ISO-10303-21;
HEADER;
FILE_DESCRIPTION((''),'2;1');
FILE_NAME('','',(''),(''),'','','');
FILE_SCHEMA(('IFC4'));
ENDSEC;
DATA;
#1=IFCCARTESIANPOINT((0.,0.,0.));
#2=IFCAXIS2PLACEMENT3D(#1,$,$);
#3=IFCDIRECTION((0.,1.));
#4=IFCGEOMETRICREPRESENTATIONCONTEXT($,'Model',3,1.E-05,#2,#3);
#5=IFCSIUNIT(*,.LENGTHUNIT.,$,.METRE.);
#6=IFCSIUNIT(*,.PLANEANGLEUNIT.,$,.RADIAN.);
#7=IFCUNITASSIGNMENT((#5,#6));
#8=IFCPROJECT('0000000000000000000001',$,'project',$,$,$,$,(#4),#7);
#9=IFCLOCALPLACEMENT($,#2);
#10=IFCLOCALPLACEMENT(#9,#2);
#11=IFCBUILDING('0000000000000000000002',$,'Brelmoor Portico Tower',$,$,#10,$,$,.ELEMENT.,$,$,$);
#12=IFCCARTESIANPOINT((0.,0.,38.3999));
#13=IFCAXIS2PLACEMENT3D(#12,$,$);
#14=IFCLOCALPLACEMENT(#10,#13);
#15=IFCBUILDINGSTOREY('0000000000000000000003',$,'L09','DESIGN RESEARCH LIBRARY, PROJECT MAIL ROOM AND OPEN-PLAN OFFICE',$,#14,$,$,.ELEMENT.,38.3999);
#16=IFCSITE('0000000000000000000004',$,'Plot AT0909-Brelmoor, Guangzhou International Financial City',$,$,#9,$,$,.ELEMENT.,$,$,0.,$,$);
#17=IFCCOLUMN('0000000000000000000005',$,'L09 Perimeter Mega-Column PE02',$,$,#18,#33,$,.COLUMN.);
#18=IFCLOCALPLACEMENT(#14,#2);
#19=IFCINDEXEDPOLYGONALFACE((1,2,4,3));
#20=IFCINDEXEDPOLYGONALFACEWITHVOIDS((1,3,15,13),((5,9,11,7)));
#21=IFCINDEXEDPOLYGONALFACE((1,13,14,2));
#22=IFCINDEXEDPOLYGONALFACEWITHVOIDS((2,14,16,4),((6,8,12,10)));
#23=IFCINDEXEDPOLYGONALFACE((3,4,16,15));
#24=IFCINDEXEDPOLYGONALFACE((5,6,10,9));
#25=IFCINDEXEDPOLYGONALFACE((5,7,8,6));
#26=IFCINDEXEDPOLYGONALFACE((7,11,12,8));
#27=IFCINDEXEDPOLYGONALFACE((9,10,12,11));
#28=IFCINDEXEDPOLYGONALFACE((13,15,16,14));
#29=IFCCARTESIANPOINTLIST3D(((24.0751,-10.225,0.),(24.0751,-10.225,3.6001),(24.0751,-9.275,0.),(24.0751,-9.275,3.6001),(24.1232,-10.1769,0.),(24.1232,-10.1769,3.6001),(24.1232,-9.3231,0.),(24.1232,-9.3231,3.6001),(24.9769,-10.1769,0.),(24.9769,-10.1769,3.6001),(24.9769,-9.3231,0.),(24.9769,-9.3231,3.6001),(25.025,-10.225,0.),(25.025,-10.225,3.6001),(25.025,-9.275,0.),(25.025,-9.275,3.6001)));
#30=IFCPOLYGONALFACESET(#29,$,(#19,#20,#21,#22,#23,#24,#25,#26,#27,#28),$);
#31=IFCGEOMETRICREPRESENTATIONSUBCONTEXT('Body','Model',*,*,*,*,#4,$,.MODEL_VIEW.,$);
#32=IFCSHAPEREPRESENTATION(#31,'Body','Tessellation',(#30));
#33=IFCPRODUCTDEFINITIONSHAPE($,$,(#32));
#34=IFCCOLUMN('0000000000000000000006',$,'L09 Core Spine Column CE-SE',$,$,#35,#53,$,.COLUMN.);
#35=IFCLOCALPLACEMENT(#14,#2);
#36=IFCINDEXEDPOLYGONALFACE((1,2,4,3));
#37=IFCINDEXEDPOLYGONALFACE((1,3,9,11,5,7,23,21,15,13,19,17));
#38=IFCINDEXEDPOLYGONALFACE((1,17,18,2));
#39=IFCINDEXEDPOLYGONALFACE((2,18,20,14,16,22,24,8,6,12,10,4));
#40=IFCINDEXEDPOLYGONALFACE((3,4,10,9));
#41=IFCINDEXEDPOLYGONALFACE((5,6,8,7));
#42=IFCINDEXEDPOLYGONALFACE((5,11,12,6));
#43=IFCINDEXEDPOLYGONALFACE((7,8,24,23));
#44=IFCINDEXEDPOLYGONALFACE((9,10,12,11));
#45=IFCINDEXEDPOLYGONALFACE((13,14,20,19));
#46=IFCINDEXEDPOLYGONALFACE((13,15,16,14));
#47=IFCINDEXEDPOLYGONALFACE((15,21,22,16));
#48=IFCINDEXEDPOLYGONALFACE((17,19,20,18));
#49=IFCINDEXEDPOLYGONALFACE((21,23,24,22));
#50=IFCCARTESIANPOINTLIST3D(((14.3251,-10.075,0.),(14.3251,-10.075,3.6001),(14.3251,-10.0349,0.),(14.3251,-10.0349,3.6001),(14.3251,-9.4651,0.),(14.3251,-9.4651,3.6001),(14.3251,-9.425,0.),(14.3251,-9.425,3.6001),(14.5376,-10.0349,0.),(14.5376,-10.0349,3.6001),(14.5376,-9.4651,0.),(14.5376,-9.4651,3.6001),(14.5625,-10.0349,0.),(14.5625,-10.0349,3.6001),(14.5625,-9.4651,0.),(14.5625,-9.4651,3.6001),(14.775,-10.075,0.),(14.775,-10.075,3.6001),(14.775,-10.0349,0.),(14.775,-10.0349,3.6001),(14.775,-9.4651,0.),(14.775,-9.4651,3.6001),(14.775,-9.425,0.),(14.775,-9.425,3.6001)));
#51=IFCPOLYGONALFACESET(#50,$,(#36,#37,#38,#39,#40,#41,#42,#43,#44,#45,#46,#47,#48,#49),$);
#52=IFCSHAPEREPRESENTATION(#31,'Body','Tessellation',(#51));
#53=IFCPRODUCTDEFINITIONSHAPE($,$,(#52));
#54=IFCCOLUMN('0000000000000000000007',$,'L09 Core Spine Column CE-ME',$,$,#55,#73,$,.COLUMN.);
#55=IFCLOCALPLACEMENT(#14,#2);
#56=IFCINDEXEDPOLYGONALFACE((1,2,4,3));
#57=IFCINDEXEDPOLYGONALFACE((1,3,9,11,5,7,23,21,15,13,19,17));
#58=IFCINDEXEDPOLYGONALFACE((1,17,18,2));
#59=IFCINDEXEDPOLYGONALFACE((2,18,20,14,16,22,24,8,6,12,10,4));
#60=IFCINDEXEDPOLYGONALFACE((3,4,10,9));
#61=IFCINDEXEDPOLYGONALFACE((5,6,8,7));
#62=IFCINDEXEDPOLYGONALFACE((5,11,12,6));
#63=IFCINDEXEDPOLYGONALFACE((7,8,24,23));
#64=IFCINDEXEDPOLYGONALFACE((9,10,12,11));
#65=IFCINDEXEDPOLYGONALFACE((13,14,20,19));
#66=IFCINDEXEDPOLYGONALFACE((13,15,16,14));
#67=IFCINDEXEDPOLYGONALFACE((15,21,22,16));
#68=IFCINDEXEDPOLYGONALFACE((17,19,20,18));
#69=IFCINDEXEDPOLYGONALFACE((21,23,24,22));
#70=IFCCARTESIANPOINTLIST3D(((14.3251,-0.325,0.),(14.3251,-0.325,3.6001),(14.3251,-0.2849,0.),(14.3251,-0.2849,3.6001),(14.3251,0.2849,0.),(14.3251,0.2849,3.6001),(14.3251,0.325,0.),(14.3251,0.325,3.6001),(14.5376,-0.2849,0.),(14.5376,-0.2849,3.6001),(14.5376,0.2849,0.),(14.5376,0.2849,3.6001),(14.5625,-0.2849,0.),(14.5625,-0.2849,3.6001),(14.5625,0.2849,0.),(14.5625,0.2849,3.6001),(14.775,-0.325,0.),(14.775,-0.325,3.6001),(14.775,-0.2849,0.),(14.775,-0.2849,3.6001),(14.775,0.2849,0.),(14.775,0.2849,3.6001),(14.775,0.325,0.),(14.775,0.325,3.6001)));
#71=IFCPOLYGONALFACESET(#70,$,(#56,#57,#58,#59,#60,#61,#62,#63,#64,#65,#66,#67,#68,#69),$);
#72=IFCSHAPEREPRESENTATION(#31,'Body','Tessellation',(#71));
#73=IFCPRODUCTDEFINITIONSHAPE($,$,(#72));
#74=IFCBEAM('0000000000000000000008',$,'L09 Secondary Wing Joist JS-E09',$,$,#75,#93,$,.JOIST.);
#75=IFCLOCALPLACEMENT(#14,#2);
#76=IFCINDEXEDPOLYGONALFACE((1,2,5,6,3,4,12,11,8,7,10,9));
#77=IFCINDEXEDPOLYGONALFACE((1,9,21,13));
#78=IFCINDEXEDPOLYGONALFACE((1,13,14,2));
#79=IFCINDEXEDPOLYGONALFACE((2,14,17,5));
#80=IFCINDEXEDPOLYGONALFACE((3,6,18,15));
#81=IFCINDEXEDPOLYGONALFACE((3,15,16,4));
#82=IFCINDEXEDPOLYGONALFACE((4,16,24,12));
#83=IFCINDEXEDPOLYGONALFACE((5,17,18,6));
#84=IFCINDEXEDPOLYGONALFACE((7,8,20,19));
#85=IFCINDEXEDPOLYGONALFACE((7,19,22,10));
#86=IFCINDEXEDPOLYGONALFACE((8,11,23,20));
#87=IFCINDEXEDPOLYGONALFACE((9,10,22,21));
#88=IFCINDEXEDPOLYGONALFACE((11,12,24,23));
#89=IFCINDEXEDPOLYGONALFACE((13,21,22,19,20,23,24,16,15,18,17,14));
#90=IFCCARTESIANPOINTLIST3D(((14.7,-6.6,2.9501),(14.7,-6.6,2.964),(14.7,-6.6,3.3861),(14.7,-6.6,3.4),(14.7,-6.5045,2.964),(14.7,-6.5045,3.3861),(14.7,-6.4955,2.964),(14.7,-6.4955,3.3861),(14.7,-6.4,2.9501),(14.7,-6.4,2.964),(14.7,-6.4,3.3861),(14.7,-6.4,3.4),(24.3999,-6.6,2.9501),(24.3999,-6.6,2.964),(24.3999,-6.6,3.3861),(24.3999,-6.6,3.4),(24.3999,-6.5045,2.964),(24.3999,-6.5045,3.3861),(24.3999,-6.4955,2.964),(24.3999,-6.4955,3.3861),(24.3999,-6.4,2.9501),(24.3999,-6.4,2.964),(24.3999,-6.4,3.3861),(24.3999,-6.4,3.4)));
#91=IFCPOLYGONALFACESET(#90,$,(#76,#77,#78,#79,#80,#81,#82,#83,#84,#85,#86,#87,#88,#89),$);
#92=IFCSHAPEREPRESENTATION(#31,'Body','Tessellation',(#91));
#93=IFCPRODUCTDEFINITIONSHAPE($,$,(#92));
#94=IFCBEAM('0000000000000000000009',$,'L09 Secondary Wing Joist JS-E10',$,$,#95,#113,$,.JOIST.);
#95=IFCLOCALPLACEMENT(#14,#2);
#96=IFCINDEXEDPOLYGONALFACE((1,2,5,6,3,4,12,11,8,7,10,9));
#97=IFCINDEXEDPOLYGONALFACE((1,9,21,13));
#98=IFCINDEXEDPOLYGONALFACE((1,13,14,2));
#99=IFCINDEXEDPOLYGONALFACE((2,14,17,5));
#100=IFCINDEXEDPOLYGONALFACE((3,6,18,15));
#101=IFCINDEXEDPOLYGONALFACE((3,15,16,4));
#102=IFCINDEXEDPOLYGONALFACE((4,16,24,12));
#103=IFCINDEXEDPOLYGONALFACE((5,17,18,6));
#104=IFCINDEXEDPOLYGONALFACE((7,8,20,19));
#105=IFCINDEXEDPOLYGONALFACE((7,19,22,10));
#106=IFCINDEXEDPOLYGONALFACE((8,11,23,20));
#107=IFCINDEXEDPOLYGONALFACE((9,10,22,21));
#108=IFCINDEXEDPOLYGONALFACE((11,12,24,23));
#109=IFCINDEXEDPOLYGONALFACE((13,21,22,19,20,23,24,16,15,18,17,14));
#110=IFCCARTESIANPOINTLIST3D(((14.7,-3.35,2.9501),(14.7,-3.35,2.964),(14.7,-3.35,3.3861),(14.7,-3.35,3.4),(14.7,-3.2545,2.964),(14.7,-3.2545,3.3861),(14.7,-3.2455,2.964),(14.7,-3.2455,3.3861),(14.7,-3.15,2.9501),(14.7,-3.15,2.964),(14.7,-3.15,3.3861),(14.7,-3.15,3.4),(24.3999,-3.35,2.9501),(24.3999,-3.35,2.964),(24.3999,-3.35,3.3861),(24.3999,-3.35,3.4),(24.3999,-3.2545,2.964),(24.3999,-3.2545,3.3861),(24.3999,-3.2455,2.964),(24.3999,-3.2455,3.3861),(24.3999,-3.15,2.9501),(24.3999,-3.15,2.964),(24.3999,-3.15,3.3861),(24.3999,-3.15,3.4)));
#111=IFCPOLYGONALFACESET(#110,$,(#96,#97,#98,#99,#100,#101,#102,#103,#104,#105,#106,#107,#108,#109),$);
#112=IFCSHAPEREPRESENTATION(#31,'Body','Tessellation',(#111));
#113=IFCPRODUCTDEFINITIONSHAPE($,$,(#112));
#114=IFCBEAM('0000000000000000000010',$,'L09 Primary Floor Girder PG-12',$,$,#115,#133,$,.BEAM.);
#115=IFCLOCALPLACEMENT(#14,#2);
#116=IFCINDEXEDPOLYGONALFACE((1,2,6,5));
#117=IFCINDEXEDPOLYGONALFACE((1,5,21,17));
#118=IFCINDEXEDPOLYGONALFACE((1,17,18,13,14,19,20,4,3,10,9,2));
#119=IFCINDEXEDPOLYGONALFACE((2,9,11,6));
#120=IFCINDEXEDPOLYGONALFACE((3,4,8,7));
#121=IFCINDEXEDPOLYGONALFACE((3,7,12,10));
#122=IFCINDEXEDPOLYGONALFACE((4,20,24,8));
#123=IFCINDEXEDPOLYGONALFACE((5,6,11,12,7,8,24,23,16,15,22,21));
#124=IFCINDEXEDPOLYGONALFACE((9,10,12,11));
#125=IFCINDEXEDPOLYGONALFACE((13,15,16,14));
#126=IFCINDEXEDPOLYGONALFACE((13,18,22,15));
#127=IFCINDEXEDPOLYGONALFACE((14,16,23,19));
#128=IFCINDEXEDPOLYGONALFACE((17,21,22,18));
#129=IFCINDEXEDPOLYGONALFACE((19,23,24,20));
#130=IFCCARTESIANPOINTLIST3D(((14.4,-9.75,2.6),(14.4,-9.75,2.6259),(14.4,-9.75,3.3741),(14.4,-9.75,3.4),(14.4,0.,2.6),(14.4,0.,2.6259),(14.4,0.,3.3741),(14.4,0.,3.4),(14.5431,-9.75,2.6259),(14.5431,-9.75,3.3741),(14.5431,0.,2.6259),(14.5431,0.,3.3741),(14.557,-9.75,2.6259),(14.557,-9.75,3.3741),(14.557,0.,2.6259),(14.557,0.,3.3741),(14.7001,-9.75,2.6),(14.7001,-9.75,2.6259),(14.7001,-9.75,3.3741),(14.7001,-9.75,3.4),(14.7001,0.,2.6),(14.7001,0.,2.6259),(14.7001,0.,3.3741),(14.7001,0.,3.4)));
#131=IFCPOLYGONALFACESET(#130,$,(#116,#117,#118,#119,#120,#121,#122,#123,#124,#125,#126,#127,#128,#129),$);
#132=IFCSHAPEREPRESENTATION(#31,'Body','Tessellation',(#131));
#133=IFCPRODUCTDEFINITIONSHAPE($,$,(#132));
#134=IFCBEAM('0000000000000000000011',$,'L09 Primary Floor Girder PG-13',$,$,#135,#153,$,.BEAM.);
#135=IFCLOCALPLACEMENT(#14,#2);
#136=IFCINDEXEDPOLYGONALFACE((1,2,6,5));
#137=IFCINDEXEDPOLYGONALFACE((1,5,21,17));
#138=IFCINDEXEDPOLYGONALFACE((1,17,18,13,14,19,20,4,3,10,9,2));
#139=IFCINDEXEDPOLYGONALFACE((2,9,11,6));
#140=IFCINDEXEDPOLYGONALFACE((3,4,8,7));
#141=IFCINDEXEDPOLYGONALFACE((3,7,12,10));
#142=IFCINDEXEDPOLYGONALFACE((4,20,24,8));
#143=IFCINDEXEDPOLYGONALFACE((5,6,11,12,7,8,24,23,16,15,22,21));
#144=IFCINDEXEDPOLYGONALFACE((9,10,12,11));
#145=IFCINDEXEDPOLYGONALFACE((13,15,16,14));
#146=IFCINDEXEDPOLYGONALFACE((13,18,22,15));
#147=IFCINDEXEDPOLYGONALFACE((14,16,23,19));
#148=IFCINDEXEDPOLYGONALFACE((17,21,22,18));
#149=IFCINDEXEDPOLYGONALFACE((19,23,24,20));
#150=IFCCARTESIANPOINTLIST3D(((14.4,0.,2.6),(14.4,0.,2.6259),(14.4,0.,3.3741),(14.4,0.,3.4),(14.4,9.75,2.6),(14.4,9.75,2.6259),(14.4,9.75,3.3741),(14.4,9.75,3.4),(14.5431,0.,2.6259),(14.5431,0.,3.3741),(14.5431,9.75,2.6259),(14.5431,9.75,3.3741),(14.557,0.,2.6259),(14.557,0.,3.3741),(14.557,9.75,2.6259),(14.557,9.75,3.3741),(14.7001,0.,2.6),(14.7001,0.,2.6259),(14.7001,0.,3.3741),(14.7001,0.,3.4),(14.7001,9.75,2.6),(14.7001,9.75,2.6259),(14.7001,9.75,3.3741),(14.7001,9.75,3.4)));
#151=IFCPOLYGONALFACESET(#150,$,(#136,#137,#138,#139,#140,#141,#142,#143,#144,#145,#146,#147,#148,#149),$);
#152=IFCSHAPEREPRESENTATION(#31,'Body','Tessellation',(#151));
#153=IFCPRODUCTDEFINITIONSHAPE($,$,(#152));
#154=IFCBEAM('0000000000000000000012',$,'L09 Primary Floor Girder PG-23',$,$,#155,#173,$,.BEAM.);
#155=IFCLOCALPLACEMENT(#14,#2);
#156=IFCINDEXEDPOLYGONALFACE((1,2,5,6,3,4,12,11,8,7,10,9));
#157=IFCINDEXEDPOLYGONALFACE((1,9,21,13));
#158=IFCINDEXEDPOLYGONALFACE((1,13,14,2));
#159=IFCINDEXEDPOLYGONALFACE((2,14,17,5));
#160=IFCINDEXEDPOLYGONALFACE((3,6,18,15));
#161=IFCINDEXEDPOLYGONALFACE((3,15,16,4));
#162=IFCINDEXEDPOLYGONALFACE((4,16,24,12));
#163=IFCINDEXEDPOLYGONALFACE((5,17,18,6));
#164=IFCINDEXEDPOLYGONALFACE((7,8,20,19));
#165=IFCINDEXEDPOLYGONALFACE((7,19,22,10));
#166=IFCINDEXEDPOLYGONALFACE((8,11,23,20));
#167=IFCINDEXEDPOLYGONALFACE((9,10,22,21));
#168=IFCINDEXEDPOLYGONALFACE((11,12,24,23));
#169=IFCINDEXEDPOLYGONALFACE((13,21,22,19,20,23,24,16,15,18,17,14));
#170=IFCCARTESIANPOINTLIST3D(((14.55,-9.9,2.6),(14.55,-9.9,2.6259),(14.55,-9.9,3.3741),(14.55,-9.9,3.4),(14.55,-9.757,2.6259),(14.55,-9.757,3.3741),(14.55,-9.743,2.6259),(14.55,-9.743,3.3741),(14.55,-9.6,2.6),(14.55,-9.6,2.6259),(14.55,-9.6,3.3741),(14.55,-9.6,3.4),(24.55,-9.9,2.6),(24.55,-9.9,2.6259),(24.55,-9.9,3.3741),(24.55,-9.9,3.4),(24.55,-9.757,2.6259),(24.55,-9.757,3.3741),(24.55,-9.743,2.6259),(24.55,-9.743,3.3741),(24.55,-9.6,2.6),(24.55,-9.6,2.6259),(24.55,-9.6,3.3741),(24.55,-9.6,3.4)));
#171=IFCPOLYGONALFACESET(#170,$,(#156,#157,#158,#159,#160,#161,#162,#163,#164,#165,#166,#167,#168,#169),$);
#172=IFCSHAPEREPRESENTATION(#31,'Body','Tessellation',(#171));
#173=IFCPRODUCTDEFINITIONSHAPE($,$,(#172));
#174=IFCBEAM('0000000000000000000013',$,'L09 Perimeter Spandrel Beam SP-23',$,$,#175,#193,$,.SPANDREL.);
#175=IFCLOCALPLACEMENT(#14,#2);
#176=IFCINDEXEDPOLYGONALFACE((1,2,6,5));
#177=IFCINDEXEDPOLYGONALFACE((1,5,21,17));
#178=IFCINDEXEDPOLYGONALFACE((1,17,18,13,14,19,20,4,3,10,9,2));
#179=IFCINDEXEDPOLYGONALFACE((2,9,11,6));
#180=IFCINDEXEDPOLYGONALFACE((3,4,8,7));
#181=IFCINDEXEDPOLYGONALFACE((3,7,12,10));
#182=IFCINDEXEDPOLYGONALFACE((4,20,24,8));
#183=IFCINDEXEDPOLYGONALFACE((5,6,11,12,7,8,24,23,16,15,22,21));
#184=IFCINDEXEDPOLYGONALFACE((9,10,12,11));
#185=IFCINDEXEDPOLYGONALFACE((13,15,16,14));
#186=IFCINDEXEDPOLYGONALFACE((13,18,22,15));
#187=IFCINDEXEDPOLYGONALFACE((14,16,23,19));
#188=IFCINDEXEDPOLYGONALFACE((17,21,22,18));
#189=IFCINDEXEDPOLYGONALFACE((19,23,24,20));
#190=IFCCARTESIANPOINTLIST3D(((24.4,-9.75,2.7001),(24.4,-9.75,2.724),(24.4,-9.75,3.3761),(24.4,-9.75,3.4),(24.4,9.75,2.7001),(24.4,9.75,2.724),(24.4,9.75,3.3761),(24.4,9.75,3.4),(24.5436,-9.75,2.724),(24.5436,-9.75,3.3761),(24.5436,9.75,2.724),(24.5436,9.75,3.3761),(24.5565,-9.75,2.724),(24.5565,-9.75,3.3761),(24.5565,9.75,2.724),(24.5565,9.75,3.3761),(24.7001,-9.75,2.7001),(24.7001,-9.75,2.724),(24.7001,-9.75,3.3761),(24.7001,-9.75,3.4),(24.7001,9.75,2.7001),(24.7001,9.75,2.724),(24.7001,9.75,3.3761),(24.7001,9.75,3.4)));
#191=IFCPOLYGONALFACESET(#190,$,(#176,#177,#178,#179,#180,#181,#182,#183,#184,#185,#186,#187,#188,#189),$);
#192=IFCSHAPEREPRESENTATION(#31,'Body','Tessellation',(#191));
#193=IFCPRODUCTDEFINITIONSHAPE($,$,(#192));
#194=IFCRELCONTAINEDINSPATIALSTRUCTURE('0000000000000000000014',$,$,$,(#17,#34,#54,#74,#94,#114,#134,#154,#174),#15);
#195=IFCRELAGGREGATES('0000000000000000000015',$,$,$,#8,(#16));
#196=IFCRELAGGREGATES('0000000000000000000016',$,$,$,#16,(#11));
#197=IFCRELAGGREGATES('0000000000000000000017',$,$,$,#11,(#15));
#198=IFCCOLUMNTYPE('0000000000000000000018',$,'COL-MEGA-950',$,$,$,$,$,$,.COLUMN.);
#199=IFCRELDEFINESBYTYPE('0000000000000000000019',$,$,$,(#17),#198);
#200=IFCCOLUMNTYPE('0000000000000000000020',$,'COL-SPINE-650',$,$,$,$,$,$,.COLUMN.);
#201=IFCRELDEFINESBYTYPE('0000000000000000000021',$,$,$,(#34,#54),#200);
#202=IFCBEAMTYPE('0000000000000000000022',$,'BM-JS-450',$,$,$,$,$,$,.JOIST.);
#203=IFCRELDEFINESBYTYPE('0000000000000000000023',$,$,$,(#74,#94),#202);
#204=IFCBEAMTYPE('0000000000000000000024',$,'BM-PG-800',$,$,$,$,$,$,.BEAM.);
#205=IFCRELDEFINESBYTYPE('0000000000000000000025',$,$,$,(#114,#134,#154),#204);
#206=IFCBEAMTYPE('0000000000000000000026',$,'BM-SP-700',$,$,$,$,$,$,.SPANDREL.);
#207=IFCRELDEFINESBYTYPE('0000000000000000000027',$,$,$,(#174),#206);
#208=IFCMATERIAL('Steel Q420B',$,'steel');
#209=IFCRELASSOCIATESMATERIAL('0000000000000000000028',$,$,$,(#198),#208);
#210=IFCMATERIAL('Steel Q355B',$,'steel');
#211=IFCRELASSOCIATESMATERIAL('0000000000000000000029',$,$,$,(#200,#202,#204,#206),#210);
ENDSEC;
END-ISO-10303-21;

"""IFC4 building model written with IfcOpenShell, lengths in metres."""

from ifc_helpers import new_model, si_unit, direction, frame, origin, origin_2d, place, context, subcontext, project, spatial, hollow_rectangle, i_section, extrude, material, material_profile, profile_set, type_object, element, save


model = new_model("IFC4")

# Units and contexts
model_context = context("Model", 3, precision=1e-05, world=origin(), true_north=direction((0.0, 1.0)))
body_context = subcontext(model_context, "Body", "Model", "MODEL_VIEW")
ifc_project = project(units=[si_unit("LENGTHUNIT", "METRE"), si_unit("PLANEANGLEUNIT", "RADIAN")], contexts=[model_context])

# Site, building, storey
site_placement = place(None, origin())
site = spatial("IfcSite", under=ifc_project, at=site_placement, Name="Plot AT0909-Brelmoor, Guangzhou International Financial City", CompositionType="ELEMENT", RefElevation=0.0)
building_placement = place(site_placement, origin())
building = spatial("IfcBuilding", under=site, at=building_placement, Name="Brelmoor Portico Tower", CompositionType="ELEMENT")
storey_placement = place(building_placement, frame((0.0, 0.0, 38.3999)))
storey = spatial("IfcBuildingStorey", under=building, at=storey_placement, Name="L09", Description="DESIGN RESEARCH LIBRARY, PROJECT MAIL ROOM AND OPEN-PLAN OFFICE", CompositionType="ELEMENT", Elevation=38.3999)

# Columns
ifc_material_1 = material(Name="Steel Q420B", Category="steel")
ifc_material_profile_1 = material_profile(ifc_material_1, hollow_rectangle(XDim=0.95, YDim=0.95, WallThickness=0.0481, at=origin_2d()), Name="BOX 950x950x48")
ifc_profile_set_1 = profile_set([ifc_material_profile_1], Name="Steel Q420B")
column_type_1 = type_object("IfcColumnType", Name="COL-MEGA-950", PredefinedType="COLUMN", material=ifc_profile_set_1)
column_placement = place(storey_placement, frame((24.55, -9.75, 0.0), z_axis=(0.0, 0.0, 1.0), x_axis=(0.0, 1.0, 0.0)))
element("IfcColumn", 1, at=column_placement, inside=storey, type_object=column_type_1, Name="L09 Perimeter Mega-Column PE02", PredefinedType="COLUMN", context=body_context, shape_type="SweptSolid", body=[
    extrude(hollow_rectangle(XDim=0.95, YDim=0.95, WallThickness=0.0481, at=origin_2d()), origin(), (0.0, 0.0, 1.0), 3.6001),
])
ifc_material_2 = material(Name="Steel Q355B", Category="steel")
ifc_material_profile_2 = material_profile(ifc_material_2, i_section(OverallWidth=0.45, OverallDepth=0.6499, WebThickness=0.0249, FlangeThickness=0.04, at=origin_2d()), Name="HW 650x450x25x40")
ifc_profile_set_2 = profile_set([ifc_material_profile_2], Name="Steel Q355B")
column_type_2 = type_object("IfcColumnType", Name="COL-SPINE-650", PredefinedType="COLUMN", material=ifc_profile_set_2)
for number, where, z_axis, x_axis, name in (
    (2, (14.55, -9.75, 0.0), (0.0, 0.0, 1.0), (1.0, 0.0, 0.0), "L09 Core Spine Column CE-SE"),
    (3, (14.55, 0.0, 0.0), (0.0, 0.0, 1.0), (1.0, 0.0, 0.0), "L09 Core Spine Column CE-ME"),
):
    element("IfcColumn", number, at=place(storey_placement, frame(where, z_axis=z_axis, x_axis=x_axis)), inside=storey, type_object=column_type_2, Name=name, PredefinedType="COLUMN", context=body_context, shape_type="SweptSolid", body=[
        extrude(i_section(OverallWidth=0.45, OverallDepth=0.6499, WebThickness=0.0249, FlangeThickness=0.04, at=origin_2d()), origin(), (0.0, 0.0, 1.0), 3.6001),
    ])

# Beams
ifc_material_profile_3 = material_profile(ifc_material_2, i_section(OverallWidth=0.2, OverallDepth=0.45, WebThickness=0.009, FlangeThickness=0.0139, at=origin_2d()), Name="HN 450x200x9x14")
ifc_profile_set_3 = profile_set([ifc_material_profile_3], Name="Steel Q355B")
beam_type_1 = type_object("IfcBeamType", Name="BM-JS-450", PredefinedType="JOIST", material=ifc_profile_set_3)
for number, where, z_axis, x_axis, name in (
    (4, (14.7, -6.5, 3.175), (1.0, 0.0, 0.0), (0.0, 1.0, 0.0), "L09 Secondary Wing Joist JS-E09"),
    (5, (14.7, -3.25, 3.175), (1.0, 0.0, 0.0), (0.0, 1.0, 0.0), "L09 Secondary Wing Joist JS-E10"),
):
    element("IfcBeam", number, at=place(storey_placement, frame(where, z_axis=z_axis, x_axis=x_axis)), inside=storey, type_object=beam_type_1, Name=name, PredefinedType="JOIST", context=body_context, shape_type="SweptSolid", body=[
        extrude(i_section(OverallWidth=0.2, OverallDepth=0.45, WebThickness=0.009, FlangeThickness=0.0139, at=origin_2d()), origin(), (0.0, 0.0, 1.0), 9.7),
    ])
ifc_material_profile_4 = material_profile(ifc_material_2, i_section(OverallWidth=0.3, OverallDepth=0.8, WebThickness=0.0139, FlangeThickness=0.0259, at=origin_2d()), Name="HN 800x300x14x26")
ifc_profile_set_4 = profile_set([ifc_material_profile_4], Name="Steel Q355B")
beam_type_2 = type_object("IfcBeamType", Name="BM-PG-800", PredefinedType="BEAM", material=ifc_profile_set_4)
for number, where, z_axis, x_axis, name in (
    (6, (14.55, -9.75, 3.0), (0.0, 1.0, 0.0), (-1.0, 0.0, 0.0), "L09 Primary Floor Girder PG-12"),
    (7, (14.55, 0.0, 3.0), (0.0, 1.0, 0.0), (-1.0, 0.0, 0.0), "L09 Primary Floor Girder PG-13"),
):
    element("IfcBeam", number, at=place(storey_placement, frame(where, z_axis=z_axis, x_axis=x_axis)), inside=storey, type_object=beam_type_2, Name=name, PredefinedType="BEAM", context=body_context, shape_type="SweptSolid", body=[
        extrude(i_section(OverallWidth=0.3, OverallDepth=0.8, WebThickness=0.0139, FlangeThickness=0.0259, at=origin_2d()), origin(), (0.0, 0.0, 1.0), 9.75),
    ])
beam_1_placement = place(storey_placement, frame((14.55, -9.75, 3.0), z_axis=(1.0, 0.0, 0.0), x_axis=(0.0, 1.0, 0.0)))
element("IfcBeam", 8, at=beam_1_placement, inside=storey, type_object=beam_type_2, Name="L09 Primary Floor Girder PG-23", PredefinedType="BEAM", context=body_context, shape_type="SweptSolid", body=[
    extrude(i_section(OverallWidth=0.3, OverallDepth=0.8, WebThickness=0.0139, FlangeThickness=0.0259, at=origin_2d()), origin(), (0.0, 0.0, 1.0), 10.0),
])
ifc_material_profile_5 = material_profile(ifc_material_2, i_section(OverallWidth=0.3, OverallDepth=0.7, WebThickness=0.0129, FlangeThickness=0.0239, at=origin_2d()), Name="HN 700x300x13x24")
ifc_profile_set_5 = profile_set([ifc_material_profile_5], Name="Steel Q355B")
beam_type_3 = type_object("IfcBeamType", Name="BM-SP-700", PredefinedType="SPANDREL", material=ifc_profile_set_5)
beam_2_placement = place(storey_placement, frame((24.55, -9.75, 3.05), z_axis=(0.0, 1.0, 0.0), x_axis=(-1.0, 0.0, 0.0)))
element("IfcBeam", 9, at=beam_2_placement, inside=storey, type_object=beam_type_3, Name="L09 Perimeter Spandrel Beam SP-23", PredefinedType="SPANDREL", context=body_context, shape_type="SweptSolid", body=[
    extrude(i_section(OverallWidth=0.3, OverallDepth=0.7, WebThickness=0.0129, FlangeThickness=0.0239, at=origin_2d()), origin(), (0.0, 0.0, 1.0), 19.5),
])

save(model, "model.ifc")
